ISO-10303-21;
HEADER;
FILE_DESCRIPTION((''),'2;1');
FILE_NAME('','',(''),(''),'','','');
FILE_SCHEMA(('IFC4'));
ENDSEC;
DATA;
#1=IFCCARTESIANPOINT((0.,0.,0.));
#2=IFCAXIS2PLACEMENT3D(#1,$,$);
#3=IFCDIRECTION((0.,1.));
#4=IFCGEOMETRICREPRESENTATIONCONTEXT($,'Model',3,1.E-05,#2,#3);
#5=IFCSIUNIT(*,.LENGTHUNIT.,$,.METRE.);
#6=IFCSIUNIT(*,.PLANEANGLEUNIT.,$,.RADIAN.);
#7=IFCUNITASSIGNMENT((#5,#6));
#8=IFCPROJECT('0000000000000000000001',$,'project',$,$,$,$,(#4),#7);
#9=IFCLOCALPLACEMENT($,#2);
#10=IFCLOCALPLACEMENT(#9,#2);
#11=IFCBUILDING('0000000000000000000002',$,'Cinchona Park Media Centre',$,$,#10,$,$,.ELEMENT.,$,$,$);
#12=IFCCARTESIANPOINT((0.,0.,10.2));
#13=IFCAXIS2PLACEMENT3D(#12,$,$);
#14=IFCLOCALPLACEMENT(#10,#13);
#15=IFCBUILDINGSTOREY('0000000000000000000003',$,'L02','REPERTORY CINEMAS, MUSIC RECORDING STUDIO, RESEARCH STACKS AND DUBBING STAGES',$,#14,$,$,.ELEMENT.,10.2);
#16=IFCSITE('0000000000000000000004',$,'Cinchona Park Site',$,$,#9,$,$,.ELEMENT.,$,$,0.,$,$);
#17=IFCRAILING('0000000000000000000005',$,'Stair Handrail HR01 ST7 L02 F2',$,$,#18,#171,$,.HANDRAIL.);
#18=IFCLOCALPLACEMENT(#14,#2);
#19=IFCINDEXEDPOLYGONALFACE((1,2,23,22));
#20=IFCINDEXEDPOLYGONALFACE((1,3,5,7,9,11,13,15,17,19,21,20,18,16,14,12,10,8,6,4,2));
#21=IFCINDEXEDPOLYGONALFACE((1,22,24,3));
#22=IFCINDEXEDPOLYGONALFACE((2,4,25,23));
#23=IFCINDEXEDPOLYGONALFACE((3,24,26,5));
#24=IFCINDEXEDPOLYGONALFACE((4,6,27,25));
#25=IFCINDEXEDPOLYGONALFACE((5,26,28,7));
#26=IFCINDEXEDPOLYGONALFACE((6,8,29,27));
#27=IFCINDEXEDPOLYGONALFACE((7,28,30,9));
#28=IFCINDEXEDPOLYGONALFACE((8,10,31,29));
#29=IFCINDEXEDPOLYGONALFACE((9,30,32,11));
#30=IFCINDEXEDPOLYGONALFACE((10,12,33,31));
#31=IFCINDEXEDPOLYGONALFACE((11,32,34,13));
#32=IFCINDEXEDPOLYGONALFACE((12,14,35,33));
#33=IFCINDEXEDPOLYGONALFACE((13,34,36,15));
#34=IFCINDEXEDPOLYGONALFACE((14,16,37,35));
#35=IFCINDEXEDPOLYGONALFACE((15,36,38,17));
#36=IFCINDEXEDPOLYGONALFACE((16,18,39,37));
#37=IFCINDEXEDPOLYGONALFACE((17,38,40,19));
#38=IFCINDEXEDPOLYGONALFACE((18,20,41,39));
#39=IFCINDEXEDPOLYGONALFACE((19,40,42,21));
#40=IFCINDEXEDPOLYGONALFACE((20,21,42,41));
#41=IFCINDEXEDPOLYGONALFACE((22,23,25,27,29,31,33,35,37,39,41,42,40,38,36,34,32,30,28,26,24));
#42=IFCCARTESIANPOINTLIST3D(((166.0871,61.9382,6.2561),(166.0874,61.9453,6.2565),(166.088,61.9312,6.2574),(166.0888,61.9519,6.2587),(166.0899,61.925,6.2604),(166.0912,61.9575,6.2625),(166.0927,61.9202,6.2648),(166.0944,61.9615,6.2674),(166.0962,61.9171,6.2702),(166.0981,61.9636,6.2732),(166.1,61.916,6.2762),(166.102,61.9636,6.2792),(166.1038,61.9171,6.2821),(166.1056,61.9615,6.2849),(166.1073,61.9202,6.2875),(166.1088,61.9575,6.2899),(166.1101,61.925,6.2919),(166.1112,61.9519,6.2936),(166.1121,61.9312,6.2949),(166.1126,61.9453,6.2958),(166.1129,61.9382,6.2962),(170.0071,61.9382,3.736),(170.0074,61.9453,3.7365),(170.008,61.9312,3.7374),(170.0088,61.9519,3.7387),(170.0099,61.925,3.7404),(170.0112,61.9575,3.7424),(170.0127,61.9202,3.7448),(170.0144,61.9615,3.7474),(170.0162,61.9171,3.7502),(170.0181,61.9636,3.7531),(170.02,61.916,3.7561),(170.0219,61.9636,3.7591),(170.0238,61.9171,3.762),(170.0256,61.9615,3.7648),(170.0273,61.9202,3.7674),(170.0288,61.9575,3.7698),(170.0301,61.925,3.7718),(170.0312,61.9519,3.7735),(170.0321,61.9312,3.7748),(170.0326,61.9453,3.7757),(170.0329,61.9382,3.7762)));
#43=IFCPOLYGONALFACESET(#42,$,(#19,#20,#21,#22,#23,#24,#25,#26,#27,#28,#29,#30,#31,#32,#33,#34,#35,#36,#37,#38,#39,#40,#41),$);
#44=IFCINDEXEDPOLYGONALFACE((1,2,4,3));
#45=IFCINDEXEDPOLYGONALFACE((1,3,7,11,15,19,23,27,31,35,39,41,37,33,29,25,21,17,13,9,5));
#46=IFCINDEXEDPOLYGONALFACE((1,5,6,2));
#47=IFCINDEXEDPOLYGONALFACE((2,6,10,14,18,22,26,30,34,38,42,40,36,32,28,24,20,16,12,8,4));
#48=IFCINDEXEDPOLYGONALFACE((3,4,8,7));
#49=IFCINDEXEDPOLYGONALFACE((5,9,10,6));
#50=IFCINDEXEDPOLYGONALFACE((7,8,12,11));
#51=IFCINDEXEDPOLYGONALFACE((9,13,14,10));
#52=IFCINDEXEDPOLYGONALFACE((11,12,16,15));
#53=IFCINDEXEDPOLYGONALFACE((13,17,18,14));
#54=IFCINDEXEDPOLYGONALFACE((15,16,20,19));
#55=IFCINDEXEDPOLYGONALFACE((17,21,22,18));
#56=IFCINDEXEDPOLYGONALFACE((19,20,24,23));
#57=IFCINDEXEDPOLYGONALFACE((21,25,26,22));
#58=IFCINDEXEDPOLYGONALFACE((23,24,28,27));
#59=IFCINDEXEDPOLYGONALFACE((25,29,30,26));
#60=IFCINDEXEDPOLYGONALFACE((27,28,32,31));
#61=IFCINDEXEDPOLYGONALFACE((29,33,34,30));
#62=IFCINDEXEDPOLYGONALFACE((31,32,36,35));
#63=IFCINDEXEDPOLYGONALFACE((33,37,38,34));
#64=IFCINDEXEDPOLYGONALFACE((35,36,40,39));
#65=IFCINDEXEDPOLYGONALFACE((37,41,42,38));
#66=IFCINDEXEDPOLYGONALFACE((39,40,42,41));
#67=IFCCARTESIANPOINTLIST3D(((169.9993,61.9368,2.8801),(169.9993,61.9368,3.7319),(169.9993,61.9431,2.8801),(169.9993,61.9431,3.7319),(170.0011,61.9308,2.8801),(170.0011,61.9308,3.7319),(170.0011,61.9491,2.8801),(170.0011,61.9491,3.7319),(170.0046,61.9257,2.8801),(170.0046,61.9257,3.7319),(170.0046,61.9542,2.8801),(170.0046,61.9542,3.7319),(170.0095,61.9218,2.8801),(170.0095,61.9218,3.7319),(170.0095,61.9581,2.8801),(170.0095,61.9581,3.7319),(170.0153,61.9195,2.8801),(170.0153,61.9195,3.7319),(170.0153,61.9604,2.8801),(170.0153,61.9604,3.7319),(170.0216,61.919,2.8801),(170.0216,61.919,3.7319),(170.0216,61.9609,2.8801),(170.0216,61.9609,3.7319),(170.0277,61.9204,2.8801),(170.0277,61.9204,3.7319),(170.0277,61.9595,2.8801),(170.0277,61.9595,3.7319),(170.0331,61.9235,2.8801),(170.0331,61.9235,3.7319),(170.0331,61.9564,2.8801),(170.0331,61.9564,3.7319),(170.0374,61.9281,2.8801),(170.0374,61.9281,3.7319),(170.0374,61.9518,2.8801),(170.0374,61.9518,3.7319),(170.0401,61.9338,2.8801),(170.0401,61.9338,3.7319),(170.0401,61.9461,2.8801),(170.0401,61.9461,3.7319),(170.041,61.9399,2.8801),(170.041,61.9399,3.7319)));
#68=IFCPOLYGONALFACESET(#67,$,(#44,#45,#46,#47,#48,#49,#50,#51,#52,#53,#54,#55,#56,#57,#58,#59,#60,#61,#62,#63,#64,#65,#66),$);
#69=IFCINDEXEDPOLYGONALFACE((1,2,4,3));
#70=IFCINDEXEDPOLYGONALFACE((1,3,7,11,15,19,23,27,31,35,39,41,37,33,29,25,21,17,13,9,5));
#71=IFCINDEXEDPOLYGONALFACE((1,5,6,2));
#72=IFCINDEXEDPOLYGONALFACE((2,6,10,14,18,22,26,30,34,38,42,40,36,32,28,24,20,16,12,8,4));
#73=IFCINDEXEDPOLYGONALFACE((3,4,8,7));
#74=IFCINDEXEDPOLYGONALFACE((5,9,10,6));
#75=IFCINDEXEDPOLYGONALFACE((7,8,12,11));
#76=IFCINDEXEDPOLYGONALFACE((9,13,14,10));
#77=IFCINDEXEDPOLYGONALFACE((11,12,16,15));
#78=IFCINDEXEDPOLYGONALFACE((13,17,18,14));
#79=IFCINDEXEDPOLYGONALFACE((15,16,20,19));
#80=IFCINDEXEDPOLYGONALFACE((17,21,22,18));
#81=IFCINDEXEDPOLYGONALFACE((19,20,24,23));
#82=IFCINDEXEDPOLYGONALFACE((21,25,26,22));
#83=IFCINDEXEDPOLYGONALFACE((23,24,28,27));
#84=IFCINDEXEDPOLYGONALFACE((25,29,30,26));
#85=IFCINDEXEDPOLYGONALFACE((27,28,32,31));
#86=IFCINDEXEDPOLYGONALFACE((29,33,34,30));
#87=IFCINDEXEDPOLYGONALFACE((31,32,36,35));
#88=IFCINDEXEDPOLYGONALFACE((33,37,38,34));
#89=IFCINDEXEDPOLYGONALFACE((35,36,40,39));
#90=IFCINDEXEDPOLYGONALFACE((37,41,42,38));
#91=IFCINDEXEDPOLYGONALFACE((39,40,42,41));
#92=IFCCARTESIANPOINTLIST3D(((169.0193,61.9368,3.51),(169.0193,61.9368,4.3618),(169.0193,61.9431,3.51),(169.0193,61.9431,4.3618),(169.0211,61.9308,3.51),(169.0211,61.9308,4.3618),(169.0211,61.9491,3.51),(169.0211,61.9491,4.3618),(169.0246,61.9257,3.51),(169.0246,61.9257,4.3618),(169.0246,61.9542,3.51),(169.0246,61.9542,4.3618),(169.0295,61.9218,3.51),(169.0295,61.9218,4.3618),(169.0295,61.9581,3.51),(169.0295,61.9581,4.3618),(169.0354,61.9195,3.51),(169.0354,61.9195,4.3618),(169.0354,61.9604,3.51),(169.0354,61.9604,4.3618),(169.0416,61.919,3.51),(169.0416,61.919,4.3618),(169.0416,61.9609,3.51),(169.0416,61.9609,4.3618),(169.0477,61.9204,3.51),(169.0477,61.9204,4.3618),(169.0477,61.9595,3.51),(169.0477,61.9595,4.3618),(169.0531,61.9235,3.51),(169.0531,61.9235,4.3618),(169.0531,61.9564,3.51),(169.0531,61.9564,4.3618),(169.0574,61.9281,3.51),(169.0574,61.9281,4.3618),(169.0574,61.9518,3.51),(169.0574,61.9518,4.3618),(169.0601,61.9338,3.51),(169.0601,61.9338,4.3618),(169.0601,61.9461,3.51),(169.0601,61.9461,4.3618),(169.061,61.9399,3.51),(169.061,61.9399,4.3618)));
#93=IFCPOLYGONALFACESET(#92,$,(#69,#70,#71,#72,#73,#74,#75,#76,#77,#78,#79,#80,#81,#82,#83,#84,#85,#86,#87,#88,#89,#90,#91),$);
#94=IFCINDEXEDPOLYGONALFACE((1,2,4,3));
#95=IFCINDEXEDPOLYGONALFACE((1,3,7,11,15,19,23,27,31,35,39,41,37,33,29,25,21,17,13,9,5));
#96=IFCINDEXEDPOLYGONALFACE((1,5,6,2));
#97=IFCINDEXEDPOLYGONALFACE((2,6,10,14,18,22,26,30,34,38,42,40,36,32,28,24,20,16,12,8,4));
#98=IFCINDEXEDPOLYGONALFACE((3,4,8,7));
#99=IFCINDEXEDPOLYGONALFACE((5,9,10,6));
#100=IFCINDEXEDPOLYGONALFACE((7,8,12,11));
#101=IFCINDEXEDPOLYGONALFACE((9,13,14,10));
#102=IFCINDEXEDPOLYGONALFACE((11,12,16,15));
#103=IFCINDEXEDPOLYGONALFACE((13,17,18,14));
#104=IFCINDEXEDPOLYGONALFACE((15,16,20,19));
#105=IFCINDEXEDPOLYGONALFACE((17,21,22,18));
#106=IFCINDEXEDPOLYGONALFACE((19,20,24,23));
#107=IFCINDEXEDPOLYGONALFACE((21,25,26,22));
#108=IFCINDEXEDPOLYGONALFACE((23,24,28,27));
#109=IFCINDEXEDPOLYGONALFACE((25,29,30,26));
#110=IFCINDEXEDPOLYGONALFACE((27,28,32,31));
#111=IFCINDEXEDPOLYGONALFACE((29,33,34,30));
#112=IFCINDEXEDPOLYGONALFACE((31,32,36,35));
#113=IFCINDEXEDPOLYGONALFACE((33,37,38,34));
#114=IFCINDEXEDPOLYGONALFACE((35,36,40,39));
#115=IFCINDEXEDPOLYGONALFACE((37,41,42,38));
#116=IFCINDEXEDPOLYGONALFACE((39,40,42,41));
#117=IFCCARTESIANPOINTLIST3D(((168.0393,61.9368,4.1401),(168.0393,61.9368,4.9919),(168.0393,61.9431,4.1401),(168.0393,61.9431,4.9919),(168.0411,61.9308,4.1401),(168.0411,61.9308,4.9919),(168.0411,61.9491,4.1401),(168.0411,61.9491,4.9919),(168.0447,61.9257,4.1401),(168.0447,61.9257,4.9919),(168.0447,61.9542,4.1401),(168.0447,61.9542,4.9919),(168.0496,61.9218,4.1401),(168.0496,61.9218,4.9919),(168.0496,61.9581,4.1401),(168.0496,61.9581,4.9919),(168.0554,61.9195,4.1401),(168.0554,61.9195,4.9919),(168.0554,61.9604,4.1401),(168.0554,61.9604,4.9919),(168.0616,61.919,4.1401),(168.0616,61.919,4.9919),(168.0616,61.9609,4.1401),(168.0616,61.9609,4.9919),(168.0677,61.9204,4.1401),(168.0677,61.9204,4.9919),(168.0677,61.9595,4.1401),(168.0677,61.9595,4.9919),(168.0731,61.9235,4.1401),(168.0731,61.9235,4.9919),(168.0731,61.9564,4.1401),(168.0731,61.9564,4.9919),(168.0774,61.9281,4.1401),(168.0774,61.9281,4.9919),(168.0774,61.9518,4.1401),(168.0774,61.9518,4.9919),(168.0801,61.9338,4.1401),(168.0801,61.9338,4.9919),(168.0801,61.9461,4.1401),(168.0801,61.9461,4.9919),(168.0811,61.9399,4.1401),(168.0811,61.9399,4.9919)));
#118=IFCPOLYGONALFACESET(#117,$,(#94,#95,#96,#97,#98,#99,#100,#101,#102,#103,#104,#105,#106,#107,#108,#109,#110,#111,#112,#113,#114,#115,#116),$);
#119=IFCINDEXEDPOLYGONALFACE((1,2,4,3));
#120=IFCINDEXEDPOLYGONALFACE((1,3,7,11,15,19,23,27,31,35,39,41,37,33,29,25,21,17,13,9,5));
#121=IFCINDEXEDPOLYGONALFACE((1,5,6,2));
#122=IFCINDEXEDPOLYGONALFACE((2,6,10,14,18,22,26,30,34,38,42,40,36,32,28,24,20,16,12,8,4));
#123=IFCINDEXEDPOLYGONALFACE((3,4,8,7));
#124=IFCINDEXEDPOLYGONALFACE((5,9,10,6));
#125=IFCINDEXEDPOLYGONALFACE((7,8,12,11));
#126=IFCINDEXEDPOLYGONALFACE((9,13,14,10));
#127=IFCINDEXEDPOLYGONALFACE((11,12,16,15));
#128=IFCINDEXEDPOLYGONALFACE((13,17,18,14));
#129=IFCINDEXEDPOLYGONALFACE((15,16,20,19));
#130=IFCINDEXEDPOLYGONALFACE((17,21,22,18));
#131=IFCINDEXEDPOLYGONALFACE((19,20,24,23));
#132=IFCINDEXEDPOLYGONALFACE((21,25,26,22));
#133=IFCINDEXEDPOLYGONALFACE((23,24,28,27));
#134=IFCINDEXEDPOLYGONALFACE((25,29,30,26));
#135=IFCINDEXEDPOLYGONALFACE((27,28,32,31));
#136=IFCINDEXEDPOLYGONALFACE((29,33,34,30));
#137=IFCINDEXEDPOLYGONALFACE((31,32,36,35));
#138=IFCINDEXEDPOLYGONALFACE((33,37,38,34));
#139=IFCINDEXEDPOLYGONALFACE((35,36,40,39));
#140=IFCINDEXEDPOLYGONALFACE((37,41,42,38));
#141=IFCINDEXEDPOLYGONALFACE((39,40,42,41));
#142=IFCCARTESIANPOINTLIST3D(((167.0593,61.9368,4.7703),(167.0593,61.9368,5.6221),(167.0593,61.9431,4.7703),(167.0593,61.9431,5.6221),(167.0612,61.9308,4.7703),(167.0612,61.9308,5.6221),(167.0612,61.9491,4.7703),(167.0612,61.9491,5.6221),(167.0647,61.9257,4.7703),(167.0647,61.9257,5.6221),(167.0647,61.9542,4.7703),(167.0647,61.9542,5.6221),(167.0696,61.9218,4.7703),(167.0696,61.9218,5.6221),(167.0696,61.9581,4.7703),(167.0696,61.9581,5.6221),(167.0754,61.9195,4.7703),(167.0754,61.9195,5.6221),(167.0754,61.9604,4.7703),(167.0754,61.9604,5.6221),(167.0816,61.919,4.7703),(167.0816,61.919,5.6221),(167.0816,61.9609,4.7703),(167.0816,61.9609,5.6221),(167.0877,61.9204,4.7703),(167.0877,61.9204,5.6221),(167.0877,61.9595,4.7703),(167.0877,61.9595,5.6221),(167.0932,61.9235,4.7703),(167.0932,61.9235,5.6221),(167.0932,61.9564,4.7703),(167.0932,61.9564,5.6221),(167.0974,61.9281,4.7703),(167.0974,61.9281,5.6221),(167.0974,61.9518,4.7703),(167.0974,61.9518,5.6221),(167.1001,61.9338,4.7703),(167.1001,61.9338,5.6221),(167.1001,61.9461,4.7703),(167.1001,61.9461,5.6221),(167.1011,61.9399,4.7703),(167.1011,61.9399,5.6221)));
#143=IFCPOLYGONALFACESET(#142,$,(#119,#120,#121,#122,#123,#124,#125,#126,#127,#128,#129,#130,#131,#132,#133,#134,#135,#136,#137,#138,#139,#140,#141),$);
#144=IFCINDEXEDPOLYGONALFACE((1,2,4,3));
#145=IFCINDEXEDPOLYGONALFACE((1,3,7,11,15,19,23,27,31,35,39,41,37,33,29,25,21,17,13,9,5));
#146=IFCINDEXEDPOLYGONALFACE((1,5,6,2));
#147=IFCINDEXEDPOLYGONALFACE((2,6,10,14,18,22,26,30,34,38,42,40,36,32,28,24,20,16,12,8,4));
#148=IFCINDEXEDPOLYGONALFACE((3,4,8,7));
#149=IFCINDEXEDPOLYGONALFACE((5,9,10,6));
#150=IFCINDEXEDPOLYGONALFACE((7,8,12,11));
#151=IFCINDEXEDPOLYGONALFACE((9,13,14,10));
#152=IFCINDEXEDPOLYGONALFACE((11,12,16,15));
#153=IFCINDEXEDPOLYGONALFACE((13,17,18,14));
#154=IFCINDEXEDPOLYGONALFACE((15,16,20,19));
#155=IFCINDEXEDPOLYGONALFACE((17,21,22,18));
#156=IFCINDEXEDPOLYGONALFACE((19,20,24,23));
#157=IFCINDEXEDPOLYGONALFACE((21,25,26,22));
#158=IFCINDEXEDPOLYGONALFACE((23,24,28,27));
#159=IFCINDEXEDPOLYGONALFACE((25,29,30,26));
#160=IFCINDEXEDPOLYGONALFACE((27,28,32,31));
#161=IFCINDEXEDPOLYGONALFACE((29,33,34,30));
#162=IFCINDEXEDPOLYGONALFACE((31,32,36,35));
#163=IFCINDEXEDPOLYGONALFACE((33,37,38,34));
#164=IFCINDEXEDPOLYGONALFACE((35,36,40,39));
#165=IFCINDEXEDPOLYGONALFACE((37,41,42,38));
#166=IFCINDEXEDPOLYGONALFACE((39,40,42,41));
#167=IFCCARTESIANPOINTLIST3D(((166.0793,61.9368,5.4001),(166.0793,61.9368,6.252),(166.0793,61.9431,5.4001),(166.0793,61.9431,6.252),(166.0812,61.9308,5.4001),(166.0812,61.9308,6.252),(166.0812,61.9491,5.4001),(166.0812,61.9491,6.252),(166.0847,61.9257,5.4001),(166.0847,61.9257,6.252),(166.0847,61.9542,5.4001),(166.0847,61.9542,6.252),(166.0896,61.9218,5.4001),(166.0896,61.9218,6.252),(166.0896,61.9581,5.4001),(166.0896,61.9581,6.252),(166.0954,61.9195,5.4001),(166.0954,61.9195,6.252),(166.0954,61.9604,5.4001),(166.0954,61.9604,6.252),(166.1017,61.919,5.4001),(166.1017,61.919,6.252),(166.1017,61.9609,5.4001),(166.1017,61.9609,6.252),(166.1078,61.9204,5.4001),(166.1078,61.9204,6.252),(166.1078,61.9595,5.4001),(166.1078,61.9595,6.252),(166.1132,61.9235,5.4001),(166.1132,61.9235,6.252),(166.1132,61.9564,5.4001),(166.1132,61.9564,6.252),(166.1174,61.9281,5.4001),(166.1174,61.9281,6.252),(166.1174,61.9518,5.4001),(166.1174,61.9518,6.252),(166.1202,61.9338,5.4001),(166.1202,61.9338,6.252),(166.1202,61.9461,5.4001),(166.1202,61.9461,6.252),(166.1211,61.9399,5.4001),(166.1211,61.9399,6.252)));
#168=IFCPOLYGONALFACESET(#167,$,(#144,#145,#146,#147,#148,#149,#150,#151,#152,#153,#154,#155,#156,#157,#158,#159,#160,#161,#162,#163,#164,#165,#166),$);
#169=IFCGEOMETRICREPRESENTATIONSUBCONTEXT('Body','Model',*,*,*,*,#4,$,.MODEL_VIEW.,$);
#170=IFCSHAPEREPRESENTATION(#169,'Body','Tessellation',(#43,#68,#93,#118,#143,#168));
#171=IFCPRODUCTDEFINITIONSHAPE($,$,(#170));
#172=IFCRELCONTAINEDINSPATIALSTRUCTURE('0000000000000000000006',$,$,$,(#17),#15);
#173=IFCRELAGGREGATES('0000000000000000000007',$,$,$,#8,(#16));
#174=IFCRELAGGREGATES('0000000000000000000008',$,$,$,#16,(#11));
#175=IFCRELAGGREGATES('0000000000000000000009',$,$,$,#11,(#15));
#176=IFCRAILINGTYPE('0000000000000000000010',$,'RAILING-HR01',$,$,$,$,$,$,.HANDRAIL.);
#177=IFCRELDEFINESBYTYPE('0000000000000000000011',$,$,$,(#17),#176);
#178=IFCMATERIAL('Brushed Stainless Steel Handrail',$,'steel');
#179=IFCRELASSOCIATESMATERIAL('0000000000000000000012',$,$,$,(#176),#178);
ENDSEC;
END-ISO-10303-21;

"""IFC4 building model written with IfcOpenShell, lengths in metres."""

from ifc_helpers import new_model, si_unit, direction, frame, origin, origin_2d, place, context, subcontext, project, spatial, circle, extrude, material, type_object, element, save


model = new_model("IFC4")

# Units and contexts
model_context = context("Model", 3, precision=1e-05, world=origin(), true_north=direction((0.0, 1.0)))
body_context = subcontext(model_context, "Body", "Model", "MODEL_VIEW")
ifc_project = project(units=[si_unit("LENGTHUNIT", "METRE"), si_unit("PLANEANGLEUNIT", "RADIAN")], contexts=[model_context])

# Site, building, storey
site_placement = place(None, origin())
site = spatial("IfcSite", under=ifc_project, at=site_placement, Name="Cinchona Park Site", CompositionType="ELEMENT", RefElevation=0.0)
building_placement = place(site_placement, origin())
building = spatial("IfcBuilding", under=site, at=building_placement, Name="Cinchona Park Media Centre", CompositionType="ELEMENT")
storey_placement = place(building_placement, frame((0.0, 0.0, 10.2)))
storey = spatial("IfcBuildingStorey", under=building, at=storey_placement, Name="L02", Description="REPERTORY CINEMAS, MUSIC RECORDING STUDIO, RESEARCH STACKS AND DUBBING STAGES", CompositionType="ELEMENT", Elevation=10.2)

# Railing
ifc_material_1 = material(Name="Brushed Stainless Steel Handrail", Category="steel")
railing_type_1 = type_object("IfcRailingType", Name="RAILING-HR01", PredefinedType="HANDRAIL", material=ifc_material_1)
railing_1_placement = place(storey_placement, frame((170.02, 61.9399, 2.8801)))
element("IfcRailing", 1, at=railing_1_placement, inside=storey, type_object=railing_type_1, Name="Stair Handrail HR01 ST7 L02 F2", PredefinedType="HANDRAIL", context=body_context, shape_type="SweptSolid", body=[
    extrude(circle(Radius=0.0239, at=origin_2d()), frame((0.0, 0.0, 0.876), z_axis=(-0.841172, 0.0, 0.540768), x_axis=(0.0, -1.0, 0.0)), (0.0, 0.0, 1.0), 4.6602),
    extrude(circle(Radius=0.021, at=origin_2d()), origin(), (0.0, 0.0, 1.0), 0.8518),
    extrude(circle(Radius=0.021, at=origin_2d()), frame((-0.98, 0.0, 0.6299)), (0.0, 0.0, 1.0), 0.8518),
    extrude(circle(Radius=0.021, at=origin_2d()), frame((-1.96, 0.0, 1.26)), (0.0, 0.0, 1.0), 0.8518),
    extrude(circle(Radius=0.021, at=origin_2d()), frame((-2.9399, 0.0, 1.8901)), (0.0, 0.0, 1.0), 0.8518),
    extrude(circle(Radius=0.021, at=origin_2d()), frame((-3.9199, 0.0, 2.52)), (0.0, 0.0, 1.0), 0.8518),
])

save(model, "model.ifc")
